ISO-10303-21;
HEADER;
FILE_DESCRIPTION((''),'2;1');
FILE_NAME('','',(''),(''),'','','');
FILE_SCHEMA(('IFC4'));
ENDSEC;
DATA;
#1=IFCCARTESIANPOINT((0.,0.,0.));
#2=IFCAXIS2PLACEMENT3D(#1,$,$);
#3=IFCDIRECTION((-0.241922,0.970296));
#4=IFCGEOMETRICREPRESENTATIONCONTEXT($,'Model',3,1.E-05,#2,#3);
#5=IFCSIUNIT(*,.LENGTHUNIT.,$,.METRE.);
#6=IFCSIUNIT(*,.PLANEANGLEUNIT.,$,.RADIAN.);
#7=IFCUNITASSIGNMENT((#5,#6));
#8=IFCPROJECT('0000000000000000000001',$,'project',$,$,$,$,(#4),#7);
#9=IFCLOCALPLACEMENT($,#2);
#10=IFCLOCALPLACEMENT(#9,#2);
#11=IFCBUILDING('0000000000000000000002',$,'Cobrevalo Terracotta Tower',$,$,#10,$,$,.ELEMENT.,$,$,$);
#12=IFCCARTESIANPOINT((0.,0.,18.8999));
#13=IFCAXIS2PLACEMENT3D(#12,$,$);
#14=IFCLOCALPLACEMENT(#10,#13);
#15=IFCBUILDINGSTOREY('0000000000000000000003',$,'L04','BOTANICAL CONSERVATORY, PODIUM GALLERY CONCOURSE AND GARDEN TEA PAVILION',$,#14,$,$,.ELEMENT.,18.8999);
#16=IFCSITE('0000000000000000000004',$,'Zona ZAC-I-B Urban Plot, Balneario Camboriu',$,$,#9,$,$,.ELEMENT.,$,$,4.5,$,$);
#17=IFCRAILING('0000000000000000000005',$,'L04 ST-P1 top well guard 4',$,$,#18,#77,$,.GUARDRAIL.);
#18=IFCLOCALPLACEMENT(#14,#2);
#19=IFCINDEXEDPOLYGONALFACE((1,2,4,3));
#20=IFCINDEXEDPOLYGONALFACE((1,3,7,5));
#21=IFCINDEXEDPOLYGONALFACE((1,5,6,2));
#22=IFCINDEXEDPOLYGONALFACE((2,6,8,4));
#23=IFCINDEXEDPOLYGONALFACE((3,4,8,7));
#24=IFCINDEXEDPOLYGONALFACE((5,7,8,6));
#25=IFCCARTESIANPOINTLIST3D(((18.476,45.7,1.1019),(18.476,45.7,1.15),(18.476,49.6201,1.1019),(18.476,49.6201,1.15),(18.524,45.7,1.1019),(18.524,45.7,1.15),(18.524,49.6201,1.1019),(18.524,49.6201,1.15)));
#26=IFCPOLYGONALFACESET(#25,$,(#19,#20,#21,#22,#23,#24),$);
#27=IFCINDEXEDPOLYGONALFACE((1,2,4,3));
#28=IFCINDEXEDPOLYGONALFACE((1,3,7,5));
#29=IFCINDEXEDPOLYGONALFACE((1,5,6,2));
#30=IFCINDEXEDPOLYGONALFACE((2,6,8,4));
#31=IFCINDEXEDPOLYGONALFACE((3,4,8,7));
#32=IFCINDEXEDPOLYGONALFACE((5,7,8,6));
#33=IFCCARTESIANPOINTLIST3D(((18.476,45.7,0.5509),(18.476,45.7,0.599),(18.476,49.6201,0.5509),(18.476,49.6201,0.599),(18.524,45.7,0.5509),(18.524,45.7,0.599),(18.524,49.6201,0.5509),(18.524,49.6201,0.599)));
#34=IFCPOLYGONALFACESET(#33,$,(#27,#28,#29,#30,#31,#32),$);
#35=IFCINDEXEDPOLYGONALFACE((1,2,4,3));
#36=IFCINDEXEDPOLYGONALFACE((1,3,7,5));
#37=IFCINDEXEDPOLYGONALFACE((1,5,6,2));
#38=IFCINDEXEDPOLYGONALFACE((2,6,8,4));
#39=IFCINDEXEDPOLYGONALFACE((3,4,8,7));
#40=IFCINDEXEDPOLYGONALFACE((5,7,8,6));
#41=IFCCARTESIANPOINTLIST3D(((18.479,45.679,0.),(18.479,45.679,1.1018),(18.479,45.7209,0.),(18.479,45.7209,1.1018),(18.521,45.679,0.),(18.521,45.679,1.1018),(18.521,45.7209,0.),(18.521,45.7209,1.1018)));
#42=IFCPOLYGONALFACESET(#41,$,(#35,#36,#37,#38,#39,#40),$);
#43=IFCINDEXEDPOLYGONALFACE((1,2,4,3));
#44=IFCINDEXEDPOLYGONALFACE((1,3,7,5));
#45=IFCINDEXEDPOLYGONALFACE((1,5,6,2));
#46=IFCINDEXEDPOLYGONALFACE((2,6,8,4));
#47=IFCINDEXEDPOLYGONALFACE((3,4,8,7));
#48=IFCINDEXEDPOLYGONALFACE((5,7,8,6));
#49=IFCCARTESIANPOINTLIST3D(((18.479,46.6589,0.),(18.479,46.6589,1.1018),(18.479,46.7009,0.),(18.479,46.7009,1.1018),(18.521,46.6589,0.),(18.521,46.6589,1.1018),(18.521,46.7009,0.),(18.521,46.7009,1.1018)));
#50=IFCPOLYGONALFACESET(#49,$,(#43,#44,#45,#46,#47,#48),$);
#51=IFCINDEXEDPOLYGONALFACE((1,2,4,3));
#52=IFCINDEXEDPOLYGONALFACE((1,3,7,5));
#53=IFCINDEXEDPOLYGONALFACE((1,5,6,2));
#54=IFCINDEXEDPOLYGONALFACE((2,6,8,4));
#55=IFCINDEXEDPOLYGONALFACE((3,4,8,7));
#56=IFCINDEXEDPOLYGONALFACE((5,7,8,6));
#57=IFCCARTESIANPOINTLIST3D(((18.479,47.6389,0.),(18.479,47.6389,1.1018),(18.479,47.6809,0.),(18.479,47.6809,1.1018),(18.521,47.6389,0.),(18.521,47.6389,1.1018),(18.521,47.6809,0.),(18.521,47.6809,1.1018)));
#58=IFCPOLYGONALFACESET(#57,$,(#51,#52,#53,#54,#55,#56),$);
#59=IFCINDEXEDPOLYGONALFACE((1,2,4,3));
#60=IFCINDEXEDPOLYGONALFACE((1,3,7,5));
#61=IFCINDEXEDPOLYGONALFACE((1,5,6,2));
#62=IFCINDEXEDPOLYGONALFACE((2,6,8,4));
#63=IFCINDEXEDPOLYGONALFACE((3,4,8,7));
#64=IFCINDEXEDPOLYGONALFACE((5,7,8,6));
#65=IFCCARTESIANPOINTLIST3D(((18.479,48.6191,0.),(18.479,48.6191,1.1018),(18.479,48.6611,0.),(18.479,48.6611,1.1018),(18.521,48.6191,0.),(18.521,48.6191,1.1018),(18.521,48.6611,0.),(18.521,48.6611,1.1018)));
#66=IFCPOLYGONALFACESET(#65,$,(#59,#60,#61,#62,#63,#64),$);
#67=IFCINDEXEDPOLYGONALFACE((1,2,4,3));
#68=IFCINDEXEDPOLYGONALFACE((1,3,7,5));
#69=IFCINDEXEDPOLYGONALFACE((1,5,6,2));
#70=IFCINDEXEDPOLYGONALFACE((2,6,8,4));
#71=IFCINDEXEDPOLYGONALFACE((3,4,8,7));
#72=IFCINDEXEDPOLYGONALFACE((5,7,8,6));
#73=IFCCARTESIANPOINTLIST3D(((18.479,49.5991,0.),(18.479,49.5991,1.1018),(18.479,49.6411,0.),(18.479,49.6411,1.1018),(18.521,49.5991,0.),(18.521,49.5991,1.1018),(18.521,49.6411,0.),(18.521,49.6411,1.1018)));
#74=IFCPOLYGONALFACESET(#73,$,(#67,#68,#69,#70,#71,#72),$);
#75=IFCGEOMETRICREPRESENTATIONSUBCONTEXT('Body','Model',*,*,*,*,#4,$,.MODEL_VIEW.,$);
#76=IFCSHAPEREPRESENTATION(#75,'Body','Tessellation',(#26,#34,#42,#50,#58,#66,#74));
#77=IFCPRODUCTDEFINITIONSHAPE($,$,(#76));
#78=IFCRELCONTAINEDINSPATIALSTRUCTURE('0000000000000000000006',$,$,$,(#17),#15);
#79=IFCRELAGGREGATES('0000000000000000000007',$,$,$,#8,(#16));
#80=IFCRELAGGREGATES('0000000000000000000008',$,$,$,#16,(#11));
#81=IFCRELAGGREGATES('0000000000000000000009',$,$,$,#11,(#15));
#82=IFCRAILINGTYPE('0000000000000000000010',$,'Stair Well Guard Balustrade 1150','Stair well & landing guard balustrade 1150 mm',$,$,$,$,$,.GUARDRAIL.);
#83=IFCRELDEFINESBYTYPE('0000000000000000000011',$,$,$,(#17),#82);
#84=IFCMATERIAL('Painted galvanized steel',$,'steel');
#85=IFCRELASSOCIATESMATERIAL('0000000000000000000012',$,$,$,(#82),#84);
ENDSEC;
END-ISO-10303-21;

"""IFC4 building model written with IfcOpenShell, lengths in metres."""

from ifc_helpers import new_model, si_unit, direction, frame, origin, origin_2d, place, context, subcontext, project, spatial, rectangle, extrude, material, type_object, element, save


model = new_model("IFC4")

# Units and contexts
model_context = context("Model", 3, precision=1e-05, world=origin(), true_north=direction((-0.241922, 0.970296)))
body_context = subcontext(model_context, "Body", "Model", "MODEL_VIEW")
ifc_project = project(units=[si_unit("LENGTHUNIT", "METRE"), si_unit("PLANEANGLEUNIT", "RADIAN")], contexts=[model_context])

# Site, building, storey
site_placement = place(None, origin())
site = spatial("IfcSite", under=ifc_project, at=site_placement, Name="Zona ZAC-I-B Urban Plot, Balneario Camboriu", CompositionType="ELEMENT", RefElevation=4.5)
building_placement = place(site_placement, origin())
building = spatial("IfcBuilding", under=site, at=building_placement, Name="Cobrevalo Terracotta Tower", CompositionType="ELEMENT")
storey_placement = place(building_placement, frame((0.0, 0.0, 18.8999)))
storey = spatial("IfcBuildingStorey", under=building, at=storey_placement, Name="L04", Description="BOTANICAL CONSERVATORY, PODIUM GALLERY CONCOURSE AND GARDEN TEA PAVILION", CompositionType="ELEMENT", Elevation=18.8999)

# Railing
ifc_material_1 = material(Name="Painted galvanized steel", Category="steel")
railing_type = type_object("IfcRailingType", Name="Stair Well Guard Balustrade 1150", Description="Stair well & landing guard balustrade 1150 mm", PredefinedType="GUARDRAIL", material=ifc_material_1)
railing_1_placement = place(storey_placement, frame((18.5, 45.7, 0.0)))
element("IfcRailing", 1, at=railing_1_placement, inside=storey, type_object=railing_type, Name="L04 ST-P1 top well guard 4", PredefinedType="GUARDRAIL", context=body_context, shape_type="SweptSolid", body=[
    extrude(rectangle(XDim=0.0481, YDim=0.0481, at=origin_2d()), frame((0.0, 0.0, 1.126), z_axis=(0.0, 1.0, 0.0), x_axis=(-1.0, 0.0, 0.0)), (0.0, 0.0, 1.0), 3.9202),
    extrude(rectangle(XDim=0.0481, YDim=0.0481, at=origin_2d()), frame((0.0, 0.0, 0.575), z_axis=(0.0, 1.0, 0.0), x_axis=(-1.0, 0.0, 0.0)), (0.0, 0.0, 1.0), 3.9202),
    extrude(rectangle(XDim=0.042, YDim=0.042, at=origin_2d()), origin(), (0.0, 0.0, 1.0), 1.1018),
    extrude(rectangle(XDim=0.042, YDim=0.042, at=origin_2d()), frame((0.0, 0.98, 0.0)), (0.0, 0.0, 1.0), 1.1018),
    extrude(rectangle(XDim=0.042, YDim=0.042, at=origin_2d()), frame((0.0, 1.96, 0.0)), (0.0, 0.0, 1.0), 1.1018),
    extrude(rectangle(XDim=0.042, YDim=0.042, at=origin_2d()), frame((0.0, 2.9402, 0.0)), (0.0, 0.0, 1.0), 1.1018),
    extrude(rectangle(XDim=0.042, YDim=0.042, at=origin_2d()), frame((0.0, 3.9202, 0.0)), (0.0, 0.0, 1.0), 1.1018),
])

save(model, "model.ifc")
